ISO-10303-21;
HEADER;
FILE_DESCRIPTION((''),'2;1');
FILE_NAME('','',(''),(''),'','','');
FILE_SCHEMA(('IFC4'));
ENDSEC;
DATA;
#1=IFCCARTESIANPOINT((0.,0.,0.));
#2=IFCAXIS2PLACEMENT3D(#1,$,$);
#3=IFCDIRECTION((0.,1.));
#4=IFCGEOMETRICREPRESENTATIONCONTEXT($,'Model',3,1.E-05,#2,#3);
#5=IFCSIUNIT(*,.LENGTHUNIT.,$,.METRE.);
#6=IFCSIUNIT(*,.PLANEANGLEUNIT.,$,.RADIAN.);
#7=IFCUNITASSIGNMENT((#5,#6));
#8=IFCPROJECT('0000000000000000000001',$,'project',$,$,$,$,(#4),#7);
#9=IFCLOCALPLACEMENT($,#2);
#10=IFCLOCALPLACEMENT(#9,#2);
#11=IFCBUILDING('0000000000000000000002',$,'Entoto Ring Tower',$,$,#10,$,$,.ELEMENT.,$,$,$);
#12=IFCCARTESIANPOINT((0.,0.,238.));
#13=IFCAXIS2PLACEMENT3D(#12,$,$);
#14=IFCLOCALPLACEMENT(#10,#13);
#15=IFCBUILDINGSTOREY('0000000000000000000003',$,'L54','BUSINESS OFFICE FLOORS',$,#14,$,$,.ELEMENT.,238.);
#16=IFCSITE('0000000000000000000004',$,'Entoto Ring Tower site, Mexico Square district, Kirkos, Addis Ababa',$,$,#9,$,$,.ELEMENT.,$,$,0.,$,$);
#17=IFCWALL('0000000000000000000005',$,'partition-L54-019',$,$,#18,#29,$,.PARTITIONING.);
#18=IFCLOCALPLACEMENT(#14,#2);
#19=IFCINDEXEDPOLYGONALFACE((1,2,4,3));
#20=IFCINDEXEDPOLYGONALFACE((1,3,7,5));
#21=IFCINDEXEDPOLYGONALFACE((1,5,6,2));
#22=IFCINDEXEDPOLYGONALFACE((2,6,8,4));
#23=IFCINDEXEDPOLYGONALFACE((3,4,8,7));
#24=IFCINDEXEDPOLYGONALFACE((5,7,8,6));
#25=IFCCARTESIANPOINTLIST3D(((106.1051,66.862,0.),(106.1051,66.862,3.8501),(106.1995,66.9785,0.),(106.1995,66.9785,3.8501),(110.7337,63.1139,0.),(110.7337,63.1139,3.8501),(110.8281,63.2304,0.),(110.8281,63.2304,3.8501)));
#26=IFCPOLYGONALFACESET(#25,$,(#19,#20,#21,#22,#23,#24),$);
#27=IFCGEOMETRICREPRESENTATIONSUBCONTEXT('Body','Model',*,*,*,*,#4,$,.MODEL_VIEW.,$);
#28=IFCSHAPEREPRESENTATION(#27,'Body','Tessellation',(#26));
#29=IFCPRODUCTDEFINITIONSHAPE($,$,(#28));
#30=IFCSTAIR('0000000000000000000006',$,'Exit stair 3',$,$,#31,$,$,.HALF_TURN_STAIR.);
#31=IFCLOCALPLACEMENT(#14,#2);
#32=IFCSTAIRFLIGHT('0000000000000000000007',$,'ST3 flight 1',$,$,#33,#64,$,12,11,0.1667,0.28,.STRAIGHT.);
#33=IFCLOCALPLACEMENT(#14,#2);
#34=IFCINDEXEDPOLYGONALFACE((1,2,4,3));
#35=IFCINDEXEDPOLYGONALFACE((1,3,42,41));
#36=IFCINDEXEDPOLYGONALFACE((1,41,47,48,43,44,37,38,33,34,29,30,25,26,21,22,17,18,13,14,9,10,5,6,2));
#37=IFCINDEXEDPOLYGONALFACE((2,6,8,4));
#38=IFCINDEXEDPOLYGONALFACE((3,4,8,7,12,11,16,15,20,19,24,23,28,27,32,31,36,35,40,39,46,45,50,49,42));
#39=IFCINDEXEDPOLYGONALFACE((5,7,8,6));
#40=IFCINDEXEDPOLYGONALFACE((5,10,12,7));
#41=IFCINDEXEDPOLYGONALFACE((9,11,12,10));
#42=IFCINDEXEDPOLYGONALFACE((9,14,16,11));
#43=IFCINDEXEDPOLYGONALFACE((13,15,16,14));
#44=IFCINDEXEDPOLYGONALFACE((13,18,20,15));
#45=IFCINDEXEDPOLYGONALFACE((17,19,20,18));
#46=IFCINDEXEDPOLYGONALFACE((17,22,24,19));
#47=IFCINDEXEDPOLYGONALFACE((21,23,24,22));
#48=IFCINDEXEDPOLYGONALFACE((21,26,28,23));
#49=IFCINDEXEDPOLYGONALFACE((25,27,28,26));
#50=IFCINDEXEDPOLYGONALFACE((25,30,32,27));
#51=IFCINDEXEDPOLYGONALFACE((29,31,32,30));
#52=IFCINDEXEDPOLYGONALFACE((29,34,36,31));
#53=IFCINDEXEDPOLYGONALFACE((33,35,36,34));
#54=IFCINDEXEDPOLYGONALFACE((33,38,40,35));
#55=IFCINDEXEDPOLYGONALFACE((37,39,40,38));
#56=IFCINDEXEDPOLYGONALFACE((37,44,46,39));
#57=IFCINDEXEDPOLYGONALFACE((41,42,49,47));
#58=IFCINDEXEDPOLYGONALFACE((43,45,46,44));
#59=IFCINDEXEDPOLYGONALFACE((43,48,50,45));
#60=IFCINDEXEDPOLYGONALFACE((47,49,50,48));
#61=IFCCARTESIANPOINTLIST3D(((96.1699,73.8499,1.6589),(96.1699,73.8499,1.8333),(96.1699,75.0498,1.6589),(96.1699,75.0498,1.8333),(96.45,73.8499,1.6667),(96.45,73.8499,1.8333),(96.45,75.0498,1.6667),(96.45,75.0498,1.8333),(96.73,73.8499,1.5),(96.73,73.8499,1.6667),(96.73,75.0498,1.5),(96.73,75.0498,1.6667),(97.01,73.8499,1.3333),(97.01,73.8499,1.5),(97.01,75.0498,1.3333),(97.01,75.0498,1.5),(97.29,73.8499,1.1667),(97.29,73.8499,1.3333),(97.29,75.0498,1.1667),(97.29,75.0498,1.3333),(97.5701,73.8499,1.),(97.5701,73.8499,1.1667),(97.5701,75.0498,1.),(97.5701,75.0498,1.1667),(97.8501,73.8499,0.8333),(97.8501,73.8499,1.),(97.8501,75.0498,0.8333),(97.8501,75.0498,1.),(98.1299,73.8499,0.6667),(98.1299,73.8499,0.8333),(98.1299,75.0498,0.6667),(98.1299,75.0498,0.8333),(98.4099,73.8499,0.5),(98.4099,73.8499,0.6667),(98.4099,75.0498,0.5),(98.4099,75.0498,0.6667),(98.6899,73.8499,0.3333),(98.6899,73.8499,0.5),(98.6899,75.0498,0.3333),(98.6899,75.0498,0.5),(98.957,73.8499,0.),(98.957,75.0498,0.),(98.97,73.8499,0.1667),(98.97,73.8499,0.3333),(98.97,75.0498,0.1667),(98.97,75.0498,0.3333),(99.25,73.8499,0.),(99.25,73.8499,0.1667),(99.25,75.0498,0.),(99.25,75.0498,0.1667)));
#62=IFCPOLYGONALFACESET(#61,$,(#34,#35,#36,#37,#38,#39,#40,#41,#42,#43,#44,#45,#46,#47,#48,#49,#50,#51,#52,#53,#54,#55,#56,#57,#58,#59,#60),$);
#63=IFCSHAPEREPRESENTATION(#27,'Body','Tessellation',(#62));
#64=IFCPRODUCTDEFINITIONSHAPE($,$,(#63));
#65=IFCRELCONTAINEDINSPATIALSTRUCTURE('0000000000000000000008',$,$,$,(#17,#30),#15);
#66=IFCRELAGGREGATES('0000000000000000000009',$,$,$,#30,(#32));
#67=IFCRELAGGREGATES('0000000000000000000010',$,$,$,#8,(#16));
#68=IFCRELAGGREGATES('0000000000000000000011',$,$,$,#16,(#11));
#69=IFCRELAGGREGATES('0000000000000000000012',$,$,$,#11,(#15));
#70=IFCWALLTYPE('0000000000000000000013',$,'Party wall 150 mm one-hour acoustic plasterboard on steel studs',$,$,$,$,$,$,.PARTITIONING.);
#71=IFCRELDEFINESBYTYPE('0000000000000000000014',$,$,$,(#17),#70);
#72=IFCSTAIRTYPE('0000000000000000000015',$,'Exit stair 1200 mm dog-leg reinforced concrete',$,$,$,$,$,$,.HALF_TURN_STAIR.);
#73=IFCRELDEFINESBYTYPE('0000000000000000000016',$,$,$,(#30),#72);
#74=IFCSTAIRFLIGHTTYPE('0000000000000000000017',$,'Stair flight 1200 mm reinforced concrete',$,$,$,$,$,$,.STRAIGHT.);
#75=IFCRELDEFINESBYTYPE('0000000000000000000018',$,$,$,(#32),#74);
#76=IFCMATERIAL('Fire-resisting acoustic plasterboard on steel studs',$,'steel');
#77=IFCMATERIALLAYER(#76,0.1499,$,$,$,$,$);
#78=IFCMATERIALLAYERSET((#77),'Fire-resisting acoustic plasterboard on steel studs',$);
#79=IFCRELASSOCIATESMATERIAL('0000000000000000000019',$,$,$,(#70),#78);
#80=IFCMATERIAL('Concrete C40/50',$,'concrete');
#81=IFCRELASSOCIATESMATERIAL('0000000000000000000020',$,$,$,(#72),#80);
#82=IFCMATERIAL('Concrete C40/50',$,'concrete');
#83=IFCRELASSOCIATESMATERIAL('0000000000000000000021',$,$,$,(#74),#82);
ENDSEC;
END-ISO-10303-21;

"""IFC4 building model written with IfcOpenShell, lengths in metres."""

from ifc_helpers import new_model, si_unit, direction, frame, frame_2d, origin, place, context, subcontext, project, spatial, polyline, rectangle, outline, extrude, material, layer, layer_set, type_object, element, aggregate, save


model = new_model("IFC4")

# Units and contexts
model_context = context("Model", 3, precision=1e-05, world=origin(), true_north=direction((0.0, 1.0)))
body_context = subcontext(model_context, "Body", "Model", "MODEL_VIEW")
ifc_project = project(units=[si_unit("LENGTHUNIT", "METRE"), si_unit("PLANEANGLEUNIT", "RADIAN")], contexts=[model_context])

# Site, building, storey
site_placement = place(None, origin())
site = spatial("IfcSite", under=ifc_project, at=site_placement, Name="Entoto Ring Tower site, Mexico Square district, Kirkos, Addis Ababa", CompositionType="ELEMENT", RefElevation=0.0)
building_placement = place(site_placement, origin())
building = spatial("IfcBuilding", under=site, at=building_placement, Name="Entoto Ring Tower", CompositionType="ELEMENT")
storey_placement = place(building_placement, frame((0.0, 0.0, 238.0)))
storey = spatial("IfcBuildingStorey", under=building, at=storey_placement, Name="L54", Description="BUSINESS OFFICE FLOORS", CompositionType="ELEMENT", Elevation=238.0)

# Wall
ifc_material_1 = material(Name="Fire-resisting acoustic plasterboard on steel studs", Category="steel")
ifc_layer_1 = layer(ifc_material_1, 0.1499)
ifc_layer_set_1 = layer_set([ifc_layer_1], Name="Fire-resisting acoustic plasterboard on steel studs")
wall_type_1 = type_object("IfcWallType", Name="Party wall 150 mm one-hour acoustic plasterboard on steel studs", PredefinedType="PARTITIONING", material=ifc_layer_set_1)
wall_1_placement = place(storey_placement, frame((110.781, 63.1721, 0.0), z_axis=(0.0, 0.0, 1.0), x_axis=(-0.77716, 0.629303, 0.0)))
element("IfcWall", 1, at=wall_1_placement, inside=storey, type_object=wall_type_1, Name="partition-L54-019", PredefinedType="PARTITIONING", context=body_context, shape_type="SweptSolid", body=[
    extrude(rectangle(XDim=5.9558, YDim=0.1499, at=frame_2d((2.978, 0.0))), origin(), (0.0, 0.0, 1.0), 3.8501),
])

# Stair, stair flight
ifc_material_2 = material(Name="Concrete C40/50", Category="concrete")
stair_type = type_object("IfcStairType", Name="Exit stair 1200 mm dog-leg reinforced concrete", PredefinedType="HALF_TURN_STAIR", material=ifc_material_2)
stair_placement = place(storey_placement, origin())
stair = element("IfcStair", 2, at=stair_placement, inside=storey, type_object=stair_type, Name="Exit stair 3", PredefinedType="HALF_TURN_STAIR")
ifc_material_3 = material(Name="Concrete C40/50", Category="concrete")
stair_flight_type = type_object("IfcStairFlightType", Name="Stair flight 1200 mm reinforced concrete", PredefinedType="STRAIGHT", material=ifc_material_3)
stair_flight_placement = place(storey_placement, frame((99.25, 74.45, 0.0), z_axis=(0.0, 0.0, 1.0), x_axis=(-1.0, 0.0, 0.0)))
stair_flight = element("IfcStairFlight", 3, at=stair_flight_placement, type_object=stair_flight_type, Name="ST3 flight 1", NumberOfRisers=12, NumberOfTreads=11, PredefinedType="STRAIGHT", RiserHeight=0.1667, TreadLength=0.28, context=body_context, shape_type="SweptSolid", body=[
    extrude(outline(polyline([(0.0, 0.0), (0.0, 0.1667), (0.28, 0.1667), (0.28, 0.3333), (0.5601, 0.3333), (0.5601, 0.5), (0.8401, 0.5), (0.8401, 0.6667), (1.1201, 0.6667), (1.1201, 0.8333), (1.3999, 0.8333), (1.3999, 1.0), (1.6799, 1.0), (1.6799, 1.1667), (1.96, 1.1667), (1.96, 1.3333), (2.24, 1.3333), (2.24, 1.5), (2.52, 1.5), (2.52, 1.6667), (2.8, 1.6667), (2.8, 1.8333), (3.0801, 1.8333), (3.0801, 2.0), (3.0801, 1.6589), (0.293, 0.0), (0.0, 0.0)])), frame((0.0, 0.6001, 0.0), z_axis=(0.0, -1.0, 0.0), x_axis=(1.0, 0.0, 0.0)), (0.0, 0.0, 1.0), 1.2),
])
aggregate(stair, [stair_flight])

save(model, "model.ifc")
